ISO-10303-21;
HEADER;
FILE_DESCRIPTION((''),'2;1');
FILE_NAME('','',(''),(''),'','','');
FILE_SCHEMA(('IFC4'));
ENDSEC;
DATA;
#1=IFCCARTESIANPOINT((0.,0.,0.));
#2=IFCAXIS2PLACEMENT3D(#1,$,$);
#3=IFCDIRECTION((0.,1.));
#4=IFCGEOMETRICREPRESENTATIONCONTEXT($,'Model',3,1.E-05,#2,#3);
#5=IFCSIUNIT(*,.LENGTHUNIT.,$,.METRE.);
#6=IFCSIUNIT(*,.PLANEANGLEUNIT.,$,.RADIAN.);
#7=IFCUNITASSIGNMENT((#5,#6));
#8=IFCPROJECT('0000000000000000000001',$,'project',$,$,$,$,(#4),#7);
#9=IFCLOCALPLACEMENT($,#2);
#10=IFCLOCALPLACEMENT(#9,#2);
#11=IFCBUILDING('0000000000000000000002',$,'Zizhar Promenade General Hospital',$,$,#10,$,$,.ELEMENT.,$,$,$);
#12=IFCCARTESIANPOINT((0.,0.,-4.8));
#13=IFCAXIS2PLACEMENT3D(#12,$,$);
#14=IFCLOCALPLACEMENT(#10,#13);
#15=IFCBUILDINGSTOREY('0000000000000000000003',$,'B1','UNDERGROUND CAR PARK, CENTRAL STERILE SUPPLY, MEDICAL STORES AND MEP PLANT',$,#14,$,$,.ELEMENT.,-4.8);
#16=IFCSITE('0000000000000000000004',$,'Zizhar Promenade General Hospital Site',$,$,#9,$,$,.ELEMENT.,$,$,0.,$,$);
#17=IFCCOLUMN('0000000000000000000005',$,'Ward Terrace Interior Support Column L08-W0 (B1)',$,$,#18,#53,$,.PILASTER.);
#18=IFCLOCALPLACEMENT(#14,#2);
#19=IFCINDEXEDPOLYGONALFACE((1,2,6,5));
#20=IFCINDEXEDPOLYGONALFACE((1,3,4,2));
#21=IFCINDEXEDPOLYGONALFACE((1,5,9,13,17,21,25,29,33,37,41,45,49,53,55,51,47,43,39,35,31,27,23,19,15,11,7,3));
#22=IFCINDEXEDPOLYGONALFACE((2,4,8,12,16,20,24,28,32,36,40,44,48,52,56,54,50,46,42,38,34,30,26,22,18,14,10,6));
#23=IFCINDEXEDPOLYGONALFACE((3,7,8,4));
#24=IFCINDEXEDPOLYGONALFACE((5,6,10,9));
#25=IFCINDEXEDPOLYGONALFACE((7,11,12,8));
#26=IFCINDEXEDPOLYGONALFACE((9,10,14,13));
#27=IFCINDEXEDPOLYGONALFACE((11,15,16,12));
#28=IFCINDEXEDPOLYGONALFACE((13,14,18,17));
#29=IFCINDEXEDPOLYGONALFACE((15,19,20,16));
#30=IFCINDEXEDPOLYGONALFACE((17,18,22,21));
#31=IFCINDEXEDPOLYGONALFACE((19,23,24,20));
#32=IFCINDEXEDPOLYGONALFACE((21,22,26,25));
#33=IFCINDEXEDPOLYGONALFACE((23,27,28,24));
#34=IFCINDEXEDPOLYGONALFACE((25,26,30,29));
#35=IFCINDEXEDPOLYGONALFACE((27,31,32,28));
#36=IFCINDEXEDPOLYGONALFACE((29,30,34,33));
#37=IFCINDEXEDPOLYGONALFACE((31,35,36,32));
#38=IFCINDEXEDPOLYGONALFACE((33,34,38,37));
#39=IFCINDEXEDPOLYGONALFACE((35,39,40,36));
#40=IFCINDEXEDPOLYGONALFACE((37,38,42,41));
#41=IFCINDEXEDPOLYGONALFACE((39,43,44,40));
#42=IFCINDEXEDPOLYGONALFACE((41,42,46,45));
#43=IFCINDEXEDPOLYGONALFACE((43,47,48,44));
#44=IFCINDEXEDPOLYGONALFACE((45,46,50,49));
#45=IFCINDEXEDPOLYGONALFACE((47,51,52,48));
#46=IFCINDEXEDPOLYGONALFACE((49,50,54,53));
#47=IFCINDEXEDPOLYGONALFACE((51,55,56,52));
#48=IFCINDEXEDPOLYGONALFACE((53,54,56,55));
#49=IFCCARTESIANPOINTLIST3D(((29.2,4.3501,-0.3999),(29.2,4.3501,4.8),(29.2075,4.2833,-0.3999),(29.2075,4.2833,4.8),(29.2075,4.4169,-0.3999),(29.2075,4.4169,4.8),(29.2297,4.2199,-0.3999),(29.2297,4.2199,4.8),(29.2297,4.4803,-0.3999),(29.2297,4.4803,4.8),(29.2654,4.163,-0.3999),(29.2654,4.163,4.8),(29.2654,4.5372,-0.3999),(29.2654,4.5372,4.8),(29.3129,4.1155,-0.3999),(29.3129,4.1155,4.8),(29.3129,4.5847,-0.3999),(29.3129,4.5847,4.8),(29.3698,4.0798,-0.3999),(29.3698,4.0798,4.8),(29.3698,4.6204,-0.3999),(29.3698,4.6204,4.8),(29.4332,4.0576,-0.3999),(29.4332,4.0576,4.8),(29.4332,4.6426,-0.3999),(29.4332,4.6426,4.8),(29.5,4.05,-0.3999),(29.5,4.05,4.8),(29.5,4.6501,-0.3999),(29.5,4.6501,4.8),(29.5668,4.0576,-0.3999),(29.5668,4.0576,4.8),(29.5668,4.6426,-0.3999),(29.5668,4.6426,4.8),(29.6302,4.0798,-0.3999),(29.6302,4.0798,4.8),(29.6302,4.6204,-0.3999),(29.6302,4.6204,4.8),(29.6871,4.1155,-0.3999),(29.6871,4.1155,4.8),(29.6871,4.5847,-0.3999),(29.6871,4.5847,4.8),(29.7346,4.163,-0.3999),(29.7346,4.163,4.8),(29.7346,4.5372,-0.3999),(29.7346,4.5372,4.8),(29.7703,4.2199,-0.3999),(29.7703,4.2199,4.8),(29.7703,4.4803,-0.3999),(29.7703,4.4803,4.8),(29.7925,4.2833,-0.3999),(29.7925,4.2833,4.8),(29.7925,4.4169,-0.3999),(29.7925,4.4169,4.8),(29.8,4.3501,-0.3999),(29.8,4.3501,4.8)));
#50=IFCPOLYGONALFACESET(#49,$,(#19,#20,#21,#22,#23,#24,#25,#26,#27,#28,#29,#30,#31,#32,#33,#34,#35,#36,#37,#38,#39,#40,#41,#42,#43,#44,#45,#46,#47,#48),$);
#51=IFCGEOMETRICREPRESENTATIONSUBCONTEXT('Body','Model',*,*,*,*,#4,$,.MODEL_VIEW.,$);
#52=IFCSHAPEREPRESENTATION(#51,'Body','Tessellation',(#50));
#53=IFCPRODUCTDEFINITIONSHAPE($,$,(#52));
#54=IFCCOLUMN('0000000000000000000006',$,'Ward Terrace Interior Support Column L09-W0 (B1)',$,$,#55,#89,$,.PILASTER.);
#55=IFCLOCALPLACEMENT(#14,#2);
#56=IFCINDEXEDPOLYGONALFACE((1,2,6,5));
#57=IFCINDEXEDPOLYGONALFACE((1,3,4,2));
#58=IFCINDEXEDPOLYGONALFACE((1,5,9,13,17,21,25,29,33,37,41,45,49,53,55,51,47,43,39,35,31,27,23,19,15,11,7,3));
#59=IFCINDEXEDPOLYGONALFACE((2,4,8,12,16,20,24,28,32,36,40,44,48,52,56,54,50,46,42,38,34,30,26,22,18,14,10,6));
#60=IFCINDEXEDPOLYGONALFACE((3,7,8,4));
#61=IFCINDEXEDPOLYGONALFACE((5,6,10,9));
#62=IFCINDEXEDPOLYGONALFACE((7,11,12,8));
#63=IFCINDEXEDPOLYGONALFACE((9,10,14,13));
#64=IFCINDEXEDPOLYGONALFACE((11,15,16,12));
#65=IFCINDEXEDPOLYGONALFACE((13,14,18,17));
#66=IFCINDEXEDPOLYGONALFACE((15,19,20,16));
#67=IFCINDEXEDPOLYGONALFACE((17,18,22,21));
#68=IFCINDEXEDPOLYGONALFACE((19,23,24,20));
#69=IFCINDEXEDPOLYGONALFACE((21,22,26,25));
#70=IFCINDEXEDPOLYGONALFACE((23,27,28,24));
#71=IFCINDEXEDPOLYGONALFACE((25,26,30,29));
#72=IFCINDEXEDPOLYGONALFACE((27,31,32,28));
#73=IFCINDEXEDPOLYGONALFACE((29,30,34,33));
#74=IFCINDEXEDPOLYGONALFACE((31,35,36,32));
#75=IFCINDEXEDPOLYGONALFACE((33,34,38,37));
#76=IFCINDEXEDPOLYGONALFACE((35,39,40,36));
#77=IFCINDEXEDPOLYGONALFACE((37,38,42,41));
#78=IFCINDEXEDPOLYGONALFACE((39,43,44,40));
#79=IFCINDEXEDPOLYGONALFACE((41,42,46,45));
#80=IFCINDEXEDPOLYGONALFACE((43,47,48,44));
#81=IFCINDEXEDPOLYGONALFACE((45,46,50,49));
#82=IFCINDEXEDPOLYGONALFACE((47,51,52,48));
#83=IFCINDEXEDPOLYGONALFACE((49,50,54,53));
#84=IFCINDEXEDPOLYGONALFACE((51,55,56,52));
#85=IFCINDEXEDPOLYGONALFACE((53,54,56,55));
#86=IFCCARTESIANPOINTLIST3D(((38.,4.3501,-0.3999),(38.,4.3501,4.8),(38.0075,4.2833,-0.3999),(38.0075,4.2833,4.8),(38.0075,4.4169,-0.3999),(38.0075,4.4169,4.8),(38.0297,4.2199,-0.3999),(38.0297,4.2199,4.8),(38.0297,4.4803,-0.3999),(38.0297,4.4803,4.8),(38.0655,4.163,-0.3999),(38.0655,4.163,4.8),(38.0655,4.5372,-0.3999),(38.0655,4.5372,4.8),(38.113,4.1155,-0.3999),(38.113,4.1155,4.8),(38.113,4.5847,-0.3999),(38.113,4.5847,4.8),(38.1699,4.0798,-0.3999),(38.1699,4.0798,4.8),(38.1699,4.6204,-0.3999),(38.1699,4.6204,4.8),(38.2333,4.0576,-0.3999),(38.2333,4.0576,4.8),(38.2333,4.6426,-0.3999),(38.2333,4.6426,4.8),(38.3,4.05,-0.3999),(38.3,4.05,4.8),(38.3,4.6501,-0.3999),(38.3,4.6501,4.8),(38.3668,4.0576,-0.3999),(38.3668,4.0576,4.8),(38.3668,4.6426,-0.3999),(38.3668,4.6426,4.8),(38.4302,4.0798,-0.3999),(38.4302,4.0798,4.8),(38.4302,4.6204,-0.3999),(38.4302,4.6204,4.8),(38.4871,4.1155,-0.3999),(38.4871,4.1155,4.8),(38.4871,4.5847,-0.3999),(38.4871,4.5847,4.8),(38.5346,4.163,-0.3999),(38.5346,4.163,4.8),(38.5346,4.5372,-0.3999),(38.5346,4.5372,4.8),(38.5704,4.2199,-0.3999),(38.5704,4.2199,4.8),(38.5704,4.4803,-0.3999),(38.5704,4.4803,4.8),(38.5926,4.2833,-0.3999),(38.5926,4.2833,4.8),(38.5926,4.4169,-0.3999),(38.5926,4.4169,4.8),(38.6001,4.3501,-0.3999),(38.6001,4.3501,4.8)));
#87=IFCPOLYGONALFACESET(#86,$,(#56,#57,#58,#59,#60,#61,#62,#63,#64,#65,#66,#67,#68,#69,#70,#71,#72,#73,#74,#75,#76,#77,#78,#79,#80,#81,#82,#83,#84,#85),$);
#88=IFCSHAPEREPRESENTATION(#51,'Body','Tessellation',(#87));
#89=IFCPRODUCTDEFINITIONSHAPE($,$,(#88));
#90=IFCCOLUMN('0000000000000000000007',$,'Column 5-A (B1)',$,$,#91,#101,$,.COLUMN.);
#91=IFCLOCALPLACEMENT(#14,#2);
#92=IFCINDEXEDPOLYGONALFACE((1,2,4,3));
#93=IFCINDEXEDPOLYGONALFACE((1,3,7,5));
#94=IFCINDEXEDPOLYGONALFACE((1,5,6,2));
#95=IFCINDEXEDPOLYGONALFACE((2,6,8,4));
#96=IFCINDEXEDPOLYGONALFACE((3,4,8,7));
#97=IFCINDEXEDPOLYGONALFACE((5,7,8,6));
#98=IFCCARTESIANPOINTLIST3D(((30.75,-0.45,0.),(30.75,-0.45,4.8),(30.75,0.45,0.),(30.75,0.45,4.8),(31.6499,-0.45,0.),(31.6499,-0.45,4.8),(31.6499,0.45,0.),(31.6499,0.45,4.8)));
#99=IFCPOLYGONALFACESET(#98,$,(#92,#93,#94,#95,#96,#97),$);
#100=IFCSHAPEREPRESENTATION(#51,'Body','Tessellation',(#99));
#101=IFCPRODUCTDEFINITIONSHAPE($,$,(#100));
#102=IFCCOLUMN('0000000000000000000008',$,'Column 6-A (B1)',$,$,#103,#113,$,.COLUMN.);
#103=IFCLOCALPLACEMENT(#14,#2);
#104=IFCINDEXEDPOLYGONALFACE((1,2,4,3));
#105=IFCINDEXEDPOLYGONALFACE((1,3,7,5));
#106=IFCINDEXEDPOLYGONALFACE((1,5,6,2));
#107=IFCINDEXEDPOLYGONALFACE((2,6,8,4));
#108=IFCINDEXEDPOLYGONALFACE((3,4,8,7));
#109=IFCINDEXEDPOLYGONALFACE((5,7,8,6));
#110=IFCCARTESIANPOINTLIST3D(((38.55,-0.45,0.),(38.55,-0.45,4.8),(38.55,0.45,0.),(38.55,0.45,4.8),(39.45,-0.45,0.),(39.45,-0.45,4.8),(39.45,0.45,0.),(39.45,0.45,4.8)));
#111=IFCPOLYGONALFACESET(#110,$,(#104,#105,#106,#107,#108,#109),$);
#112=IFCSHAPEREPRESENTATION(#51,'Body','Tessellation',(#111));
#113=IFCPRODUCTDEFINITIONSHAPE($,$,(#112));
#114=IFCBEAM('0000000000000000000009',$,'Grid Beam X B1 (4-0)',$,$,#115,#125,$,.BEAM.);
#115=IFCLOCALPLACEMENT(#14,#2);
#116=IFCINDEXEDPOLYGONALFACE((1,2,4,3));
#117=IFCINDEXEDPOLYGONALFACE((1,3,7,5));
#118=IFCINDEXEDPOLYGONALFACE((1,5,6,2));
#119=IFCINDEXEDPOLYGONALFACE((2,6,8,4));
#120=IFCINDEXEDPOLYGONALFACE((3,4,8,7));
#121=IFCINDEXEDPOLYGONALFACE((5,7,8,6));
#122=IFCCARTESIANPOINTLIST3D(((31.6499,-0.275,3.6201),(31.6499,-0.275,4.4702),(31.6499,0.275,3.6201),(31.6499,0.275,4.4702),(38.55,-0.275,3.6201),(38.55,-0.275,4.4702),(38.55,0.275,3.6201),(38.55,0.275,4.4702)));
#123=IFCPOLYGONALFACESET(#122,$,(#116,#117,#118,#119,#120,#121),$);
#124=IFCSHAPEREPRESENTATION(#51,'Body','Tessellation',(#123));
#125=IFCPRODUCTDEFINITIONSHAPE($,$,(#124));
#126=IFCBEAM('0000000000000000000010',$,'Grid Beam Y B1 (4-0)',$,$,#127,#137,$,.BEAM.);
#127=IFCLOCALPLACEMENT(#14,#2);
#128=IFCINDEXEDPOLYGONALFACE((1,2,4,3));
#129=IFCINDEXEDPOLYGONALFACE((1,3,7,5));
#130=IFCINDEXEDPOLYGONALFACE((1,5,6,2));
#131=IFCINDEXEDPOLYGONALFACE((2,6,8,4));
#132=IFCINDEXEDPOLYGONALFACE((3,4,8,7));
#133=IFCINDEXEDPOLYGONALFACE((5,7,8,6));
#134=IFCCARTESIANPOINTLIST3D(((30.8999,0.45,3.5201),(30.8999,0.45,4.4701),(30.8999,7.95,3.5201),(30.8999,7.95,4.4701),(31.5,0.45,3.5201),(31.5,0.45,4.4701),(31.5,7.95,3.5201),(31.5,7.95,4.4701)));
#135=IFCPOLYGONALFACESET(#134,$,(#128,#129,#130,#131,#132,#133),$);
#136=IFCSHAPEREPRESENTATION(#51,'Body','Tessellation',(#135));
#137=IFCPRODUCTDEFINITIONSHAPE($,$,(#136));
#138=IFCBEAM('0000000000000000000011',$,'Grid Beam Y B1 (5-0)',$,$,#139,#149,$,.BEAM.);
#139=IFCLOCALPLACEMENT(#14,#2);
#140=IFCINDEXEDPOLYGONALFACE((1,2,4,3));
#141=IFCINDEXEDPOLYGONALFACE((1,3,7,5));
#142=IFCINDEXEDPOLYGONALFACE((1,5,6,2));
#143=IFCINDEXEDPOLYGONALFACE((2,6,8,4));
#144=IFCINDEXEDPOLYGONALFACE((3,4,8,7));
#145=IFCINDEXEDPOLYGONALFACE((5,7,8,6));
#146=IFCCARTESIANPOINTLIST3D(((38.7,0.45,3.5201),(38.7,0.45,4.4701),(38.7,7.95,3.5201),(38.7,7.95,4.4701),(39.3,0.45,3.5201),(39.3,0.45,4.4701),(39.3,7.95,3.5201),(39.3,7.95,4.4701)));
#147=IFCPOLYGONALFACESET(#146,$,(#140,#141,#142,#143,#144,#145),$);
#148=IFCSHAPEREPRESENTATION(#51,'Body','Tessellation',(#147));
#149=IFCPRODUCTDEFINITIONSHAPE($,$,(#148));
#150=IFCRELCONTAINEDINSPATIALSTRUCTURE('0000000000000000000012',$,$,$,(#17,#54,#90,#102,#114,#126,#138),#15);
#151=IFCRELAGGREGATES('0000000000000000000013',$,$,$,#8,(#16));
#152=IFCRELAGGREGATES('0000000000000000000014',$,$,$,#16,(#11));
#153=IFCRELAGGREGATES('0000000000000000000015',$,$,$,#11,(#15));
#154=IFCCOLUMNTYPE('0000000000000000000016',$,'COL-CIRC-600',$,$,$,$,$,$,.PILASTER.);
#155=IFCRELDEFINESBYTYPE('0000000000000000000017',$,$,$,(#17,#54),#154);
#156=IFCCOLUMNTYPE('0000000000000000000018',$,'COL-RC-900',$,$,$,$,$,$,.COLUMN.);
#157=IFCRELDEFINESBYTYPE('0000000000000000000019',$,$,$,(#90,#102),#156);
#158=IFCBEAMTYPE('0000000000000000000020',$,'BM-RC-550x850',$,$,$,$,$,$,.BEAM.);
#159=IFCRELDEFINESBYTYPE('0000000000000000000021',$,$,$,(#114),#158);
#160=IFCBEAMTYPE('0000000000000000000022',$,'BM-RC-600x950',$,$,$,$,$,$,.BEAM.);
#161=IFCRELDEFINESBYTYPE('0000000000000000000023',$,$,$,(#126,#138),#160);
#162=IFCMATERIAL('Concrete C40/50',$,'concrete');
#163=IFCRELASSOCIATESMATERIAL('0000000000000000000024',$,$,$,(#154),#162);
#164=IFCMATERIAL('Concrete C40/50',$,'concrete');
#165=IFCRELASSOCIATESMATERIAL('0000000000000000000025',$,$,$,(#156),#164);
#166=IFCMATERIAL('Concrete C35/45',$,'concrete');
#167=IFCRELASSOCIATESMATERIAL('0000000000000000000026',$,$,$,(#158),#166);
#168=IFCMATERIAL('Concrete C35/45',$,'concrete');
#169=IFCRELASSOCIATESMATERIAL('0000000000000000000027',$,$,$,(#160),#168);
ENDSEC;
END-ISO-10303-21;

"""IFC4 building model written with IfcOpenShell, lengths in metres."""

from ifc_helpers import new_model, si_unit, direction, frame, origin, origin_2d, place, context, subcontext, project, spatial, rectangle, circle, extrude, material, material_profile, profile_set, type_object, element, save


model = new_model("IFC4")

# Units and contexts
model_context = context("Model", 3, precision=1e-05, world=origin(), true_north=direction((0.0, 1.0)))
body_context = subcontext(model_context, "Body", "Model", "MODEL_VIEW")
ifc_project = project(units=[si_unit("LENGTHUNIT", "METRE"), si_unit("PLANEANGLEUNIT", "RADIAN")], contexts=[model_context])

# Site, building, storey
site_placement = place(None, origin())
site = spatial("IfcSite", under=ifc_project, at=site_placement, Name="Zizhar Promenade General Hospital Site", CompositionType="ELEMENT", RefElevation=0.0)
building_placement = place(site_placement, origin())
building = spatial("IfcBuilding", under=site, at=building_placement, Name="Zizhar Promenade General Hospital", CompositionType="ELEMENT")
storey_placement = place(building_placement, frame((0.0, 0.0, -4.8)))
storey = spatial("IfcBuildingStorey", under=building, at=storey_placement, Name="B1", Description="UNDERGROUND CAR PARK, CENTRAL STERILE SUPPLY, MEDICAL STORES AND MEP PLANT", CompositionType="ELEMENT", Elevation=-4.8)

# Columns
ifc_material_1 = material(Name="Concrete C40/50", Category="concrete")
ifc_material_profile_1 = material_profile(ifc_material_1, circle(Radius=0.3, at=origin_2d()))
ifc_profile_set_1 = profile_set([ifc_material_profile_1], Name="Concrete C40/50")
column_type_1 = type_object("IfcColumnType", Name="COL-CIRC-600", PredefinedType="PILASTER", material=ifc_profile_set_1)
for number, where, z_axis, x_axis, name in (
    (1, (29.5, 4.3501, -0.3999), (0.0, 0.0, 1.0), (1.0, 0.0, 0.0), "Ward Terrace Interior Support Column L08-W0 (B1)"),
    (2, (38.3, 4.3501, -0.3999), (0.0, 0.0, 1.0), (1.0, 0.0, 0.0), "Ward Terrace Interior Support Column L09-W0 (B1)"),
):
    element("IfcColumn", number, at=place(storey_placement, frame(where, z_axis=z_axis, x_axis=x_axis)), inside=storey, type_object=column_type_1, Name=name, PredefinedType="PILASTER", context=body_context, shape_type="SweptSolid", body=[
        extrude(circle(Radius=0.3, at=origin_2d()), origin(), (0.0, 0.0, 1.0), 5.2),
    ])
ifc_material_2 = material(Name="Concrete C40/50", Category="concrete")
ifc_material_profile_2 = material_profile(ifc_material_2, rectangle(XDim=0.8999, YDim=0.8999, at=origin_2d()))
ifc_profile_set_2 = profile_set([ifc_material_profile_2], Name="Concrete C40/50")
column_type_2 = type_object("IfcColumnType", Name="COL-RC-900", PredefinedType="COLUMN", material=ifc_profile_set_2)
for number, where, z_axis, x_axis, name in (
    (3, (31.2, 0.0, 0.0), (0.0, 0.0, 1.0), (1.0, 0.0, 0.0), "Column 5-A (B1)"),
    (4, (39.0, 0.0, 0.0), (0.0, 0.0, 1.0), (1.0, 0.0, 0.0), "Column 6-A (B1)"),
):
    element("IfcColumn", number, at=place(storey_placement, frame(where, z_axis=z_axis, x_axis=x_axis)), inside=storey, type_object=column_type_2, Name=name, PredefinedType="COLUMN", context=body_context, shape_type="SweptSolid", body=[
        extrude(rectangle(XDim=0.8999, YDim=0.8999, at=origin_2d()), origin(), (0.0, 0.0, 1.0), 4.8),
    ])

# Beams
ifc_material_3 = material(Name="Concrete C35/45", Category="concrete")
ifc_material_profile_3 = material_profile(ifc_material_3, rectangle(XDim=0.55, YDim=0.8501, at=origin_2d()))
ifc_profile_set_3 = profile_set([ifc_material_profile_3], Name="Concrete C35/45")
beam_type_1 = type_object("IfcBeamType", Name="BM-RC-550x850", PredefinedType="BEAM", material=ifc_profile_set_3)
beam_placement = place(storey_placement, frame((31.6499, 0.0, 4.0452), z_axis=(1.0, 0.0, 0.0), x_axis=(0.0, 1.0, 0.0)))
element("IfcBeam", 5, at=beam_placement, inside=storey, type_object=beam_type_1, Name="Grid Beam X B1 (4-0)", PredefinedType="BEAM", context=body_context, shape_type="SweptSolid", body=[
    extrude(rectangle(XDim=0.55, YDim=0.8501, at=origin_2d()), origin(), (0.0, 0.0, 1.0), 6.9001),
])
ifc_material_4 = material(Name="Concrete C35/45", Category="concrete")
ifc_material_profile_4 = material_profile(ifc_material_4, rectangle(XDim=0.6001, YDim=0.95, at=origin_2d()))
ifc_profile_set_4 = profile_set([ifc_material_profile_4], Name="Concrete C35/45")
beam_type_2 = type_object("IfcBeamType", Name="BM-RC-600x950", PredefinedType="BEAM", material=ifc_profile_set_4)
for number, where, z_axis, x_axis, name in (
    (6, (31.2, 0.45, 3.9951), (0.0, 1.0, 0.0), (-1.0, 0.0, 0.0), "Grid Beam Y B1 (4-0)"),
    (7, (39.0, 0.45, 3.9951), (0.0, 1.0, 0.0), (-1.0, 0.0, 0.0), "Grid Beam Y B1 (5-0)"),
):
    element("IfcBeam", number, at=place(storey_placement, frame(where, z_axis=z_axis, x_axis=x_axis)), inside=storey, type_object=beam_type_2, Name=name, PredefinedType="BEAM", context=body_context, shape_type="SweptSolid", body=[
        extrude(rectangle(XDim=0.6001, YDim=0.95, at=origin_2d()), origin(), (0.0, 0.0, 1.0), 7.5),
    ])

save(model, "model.ifc")
